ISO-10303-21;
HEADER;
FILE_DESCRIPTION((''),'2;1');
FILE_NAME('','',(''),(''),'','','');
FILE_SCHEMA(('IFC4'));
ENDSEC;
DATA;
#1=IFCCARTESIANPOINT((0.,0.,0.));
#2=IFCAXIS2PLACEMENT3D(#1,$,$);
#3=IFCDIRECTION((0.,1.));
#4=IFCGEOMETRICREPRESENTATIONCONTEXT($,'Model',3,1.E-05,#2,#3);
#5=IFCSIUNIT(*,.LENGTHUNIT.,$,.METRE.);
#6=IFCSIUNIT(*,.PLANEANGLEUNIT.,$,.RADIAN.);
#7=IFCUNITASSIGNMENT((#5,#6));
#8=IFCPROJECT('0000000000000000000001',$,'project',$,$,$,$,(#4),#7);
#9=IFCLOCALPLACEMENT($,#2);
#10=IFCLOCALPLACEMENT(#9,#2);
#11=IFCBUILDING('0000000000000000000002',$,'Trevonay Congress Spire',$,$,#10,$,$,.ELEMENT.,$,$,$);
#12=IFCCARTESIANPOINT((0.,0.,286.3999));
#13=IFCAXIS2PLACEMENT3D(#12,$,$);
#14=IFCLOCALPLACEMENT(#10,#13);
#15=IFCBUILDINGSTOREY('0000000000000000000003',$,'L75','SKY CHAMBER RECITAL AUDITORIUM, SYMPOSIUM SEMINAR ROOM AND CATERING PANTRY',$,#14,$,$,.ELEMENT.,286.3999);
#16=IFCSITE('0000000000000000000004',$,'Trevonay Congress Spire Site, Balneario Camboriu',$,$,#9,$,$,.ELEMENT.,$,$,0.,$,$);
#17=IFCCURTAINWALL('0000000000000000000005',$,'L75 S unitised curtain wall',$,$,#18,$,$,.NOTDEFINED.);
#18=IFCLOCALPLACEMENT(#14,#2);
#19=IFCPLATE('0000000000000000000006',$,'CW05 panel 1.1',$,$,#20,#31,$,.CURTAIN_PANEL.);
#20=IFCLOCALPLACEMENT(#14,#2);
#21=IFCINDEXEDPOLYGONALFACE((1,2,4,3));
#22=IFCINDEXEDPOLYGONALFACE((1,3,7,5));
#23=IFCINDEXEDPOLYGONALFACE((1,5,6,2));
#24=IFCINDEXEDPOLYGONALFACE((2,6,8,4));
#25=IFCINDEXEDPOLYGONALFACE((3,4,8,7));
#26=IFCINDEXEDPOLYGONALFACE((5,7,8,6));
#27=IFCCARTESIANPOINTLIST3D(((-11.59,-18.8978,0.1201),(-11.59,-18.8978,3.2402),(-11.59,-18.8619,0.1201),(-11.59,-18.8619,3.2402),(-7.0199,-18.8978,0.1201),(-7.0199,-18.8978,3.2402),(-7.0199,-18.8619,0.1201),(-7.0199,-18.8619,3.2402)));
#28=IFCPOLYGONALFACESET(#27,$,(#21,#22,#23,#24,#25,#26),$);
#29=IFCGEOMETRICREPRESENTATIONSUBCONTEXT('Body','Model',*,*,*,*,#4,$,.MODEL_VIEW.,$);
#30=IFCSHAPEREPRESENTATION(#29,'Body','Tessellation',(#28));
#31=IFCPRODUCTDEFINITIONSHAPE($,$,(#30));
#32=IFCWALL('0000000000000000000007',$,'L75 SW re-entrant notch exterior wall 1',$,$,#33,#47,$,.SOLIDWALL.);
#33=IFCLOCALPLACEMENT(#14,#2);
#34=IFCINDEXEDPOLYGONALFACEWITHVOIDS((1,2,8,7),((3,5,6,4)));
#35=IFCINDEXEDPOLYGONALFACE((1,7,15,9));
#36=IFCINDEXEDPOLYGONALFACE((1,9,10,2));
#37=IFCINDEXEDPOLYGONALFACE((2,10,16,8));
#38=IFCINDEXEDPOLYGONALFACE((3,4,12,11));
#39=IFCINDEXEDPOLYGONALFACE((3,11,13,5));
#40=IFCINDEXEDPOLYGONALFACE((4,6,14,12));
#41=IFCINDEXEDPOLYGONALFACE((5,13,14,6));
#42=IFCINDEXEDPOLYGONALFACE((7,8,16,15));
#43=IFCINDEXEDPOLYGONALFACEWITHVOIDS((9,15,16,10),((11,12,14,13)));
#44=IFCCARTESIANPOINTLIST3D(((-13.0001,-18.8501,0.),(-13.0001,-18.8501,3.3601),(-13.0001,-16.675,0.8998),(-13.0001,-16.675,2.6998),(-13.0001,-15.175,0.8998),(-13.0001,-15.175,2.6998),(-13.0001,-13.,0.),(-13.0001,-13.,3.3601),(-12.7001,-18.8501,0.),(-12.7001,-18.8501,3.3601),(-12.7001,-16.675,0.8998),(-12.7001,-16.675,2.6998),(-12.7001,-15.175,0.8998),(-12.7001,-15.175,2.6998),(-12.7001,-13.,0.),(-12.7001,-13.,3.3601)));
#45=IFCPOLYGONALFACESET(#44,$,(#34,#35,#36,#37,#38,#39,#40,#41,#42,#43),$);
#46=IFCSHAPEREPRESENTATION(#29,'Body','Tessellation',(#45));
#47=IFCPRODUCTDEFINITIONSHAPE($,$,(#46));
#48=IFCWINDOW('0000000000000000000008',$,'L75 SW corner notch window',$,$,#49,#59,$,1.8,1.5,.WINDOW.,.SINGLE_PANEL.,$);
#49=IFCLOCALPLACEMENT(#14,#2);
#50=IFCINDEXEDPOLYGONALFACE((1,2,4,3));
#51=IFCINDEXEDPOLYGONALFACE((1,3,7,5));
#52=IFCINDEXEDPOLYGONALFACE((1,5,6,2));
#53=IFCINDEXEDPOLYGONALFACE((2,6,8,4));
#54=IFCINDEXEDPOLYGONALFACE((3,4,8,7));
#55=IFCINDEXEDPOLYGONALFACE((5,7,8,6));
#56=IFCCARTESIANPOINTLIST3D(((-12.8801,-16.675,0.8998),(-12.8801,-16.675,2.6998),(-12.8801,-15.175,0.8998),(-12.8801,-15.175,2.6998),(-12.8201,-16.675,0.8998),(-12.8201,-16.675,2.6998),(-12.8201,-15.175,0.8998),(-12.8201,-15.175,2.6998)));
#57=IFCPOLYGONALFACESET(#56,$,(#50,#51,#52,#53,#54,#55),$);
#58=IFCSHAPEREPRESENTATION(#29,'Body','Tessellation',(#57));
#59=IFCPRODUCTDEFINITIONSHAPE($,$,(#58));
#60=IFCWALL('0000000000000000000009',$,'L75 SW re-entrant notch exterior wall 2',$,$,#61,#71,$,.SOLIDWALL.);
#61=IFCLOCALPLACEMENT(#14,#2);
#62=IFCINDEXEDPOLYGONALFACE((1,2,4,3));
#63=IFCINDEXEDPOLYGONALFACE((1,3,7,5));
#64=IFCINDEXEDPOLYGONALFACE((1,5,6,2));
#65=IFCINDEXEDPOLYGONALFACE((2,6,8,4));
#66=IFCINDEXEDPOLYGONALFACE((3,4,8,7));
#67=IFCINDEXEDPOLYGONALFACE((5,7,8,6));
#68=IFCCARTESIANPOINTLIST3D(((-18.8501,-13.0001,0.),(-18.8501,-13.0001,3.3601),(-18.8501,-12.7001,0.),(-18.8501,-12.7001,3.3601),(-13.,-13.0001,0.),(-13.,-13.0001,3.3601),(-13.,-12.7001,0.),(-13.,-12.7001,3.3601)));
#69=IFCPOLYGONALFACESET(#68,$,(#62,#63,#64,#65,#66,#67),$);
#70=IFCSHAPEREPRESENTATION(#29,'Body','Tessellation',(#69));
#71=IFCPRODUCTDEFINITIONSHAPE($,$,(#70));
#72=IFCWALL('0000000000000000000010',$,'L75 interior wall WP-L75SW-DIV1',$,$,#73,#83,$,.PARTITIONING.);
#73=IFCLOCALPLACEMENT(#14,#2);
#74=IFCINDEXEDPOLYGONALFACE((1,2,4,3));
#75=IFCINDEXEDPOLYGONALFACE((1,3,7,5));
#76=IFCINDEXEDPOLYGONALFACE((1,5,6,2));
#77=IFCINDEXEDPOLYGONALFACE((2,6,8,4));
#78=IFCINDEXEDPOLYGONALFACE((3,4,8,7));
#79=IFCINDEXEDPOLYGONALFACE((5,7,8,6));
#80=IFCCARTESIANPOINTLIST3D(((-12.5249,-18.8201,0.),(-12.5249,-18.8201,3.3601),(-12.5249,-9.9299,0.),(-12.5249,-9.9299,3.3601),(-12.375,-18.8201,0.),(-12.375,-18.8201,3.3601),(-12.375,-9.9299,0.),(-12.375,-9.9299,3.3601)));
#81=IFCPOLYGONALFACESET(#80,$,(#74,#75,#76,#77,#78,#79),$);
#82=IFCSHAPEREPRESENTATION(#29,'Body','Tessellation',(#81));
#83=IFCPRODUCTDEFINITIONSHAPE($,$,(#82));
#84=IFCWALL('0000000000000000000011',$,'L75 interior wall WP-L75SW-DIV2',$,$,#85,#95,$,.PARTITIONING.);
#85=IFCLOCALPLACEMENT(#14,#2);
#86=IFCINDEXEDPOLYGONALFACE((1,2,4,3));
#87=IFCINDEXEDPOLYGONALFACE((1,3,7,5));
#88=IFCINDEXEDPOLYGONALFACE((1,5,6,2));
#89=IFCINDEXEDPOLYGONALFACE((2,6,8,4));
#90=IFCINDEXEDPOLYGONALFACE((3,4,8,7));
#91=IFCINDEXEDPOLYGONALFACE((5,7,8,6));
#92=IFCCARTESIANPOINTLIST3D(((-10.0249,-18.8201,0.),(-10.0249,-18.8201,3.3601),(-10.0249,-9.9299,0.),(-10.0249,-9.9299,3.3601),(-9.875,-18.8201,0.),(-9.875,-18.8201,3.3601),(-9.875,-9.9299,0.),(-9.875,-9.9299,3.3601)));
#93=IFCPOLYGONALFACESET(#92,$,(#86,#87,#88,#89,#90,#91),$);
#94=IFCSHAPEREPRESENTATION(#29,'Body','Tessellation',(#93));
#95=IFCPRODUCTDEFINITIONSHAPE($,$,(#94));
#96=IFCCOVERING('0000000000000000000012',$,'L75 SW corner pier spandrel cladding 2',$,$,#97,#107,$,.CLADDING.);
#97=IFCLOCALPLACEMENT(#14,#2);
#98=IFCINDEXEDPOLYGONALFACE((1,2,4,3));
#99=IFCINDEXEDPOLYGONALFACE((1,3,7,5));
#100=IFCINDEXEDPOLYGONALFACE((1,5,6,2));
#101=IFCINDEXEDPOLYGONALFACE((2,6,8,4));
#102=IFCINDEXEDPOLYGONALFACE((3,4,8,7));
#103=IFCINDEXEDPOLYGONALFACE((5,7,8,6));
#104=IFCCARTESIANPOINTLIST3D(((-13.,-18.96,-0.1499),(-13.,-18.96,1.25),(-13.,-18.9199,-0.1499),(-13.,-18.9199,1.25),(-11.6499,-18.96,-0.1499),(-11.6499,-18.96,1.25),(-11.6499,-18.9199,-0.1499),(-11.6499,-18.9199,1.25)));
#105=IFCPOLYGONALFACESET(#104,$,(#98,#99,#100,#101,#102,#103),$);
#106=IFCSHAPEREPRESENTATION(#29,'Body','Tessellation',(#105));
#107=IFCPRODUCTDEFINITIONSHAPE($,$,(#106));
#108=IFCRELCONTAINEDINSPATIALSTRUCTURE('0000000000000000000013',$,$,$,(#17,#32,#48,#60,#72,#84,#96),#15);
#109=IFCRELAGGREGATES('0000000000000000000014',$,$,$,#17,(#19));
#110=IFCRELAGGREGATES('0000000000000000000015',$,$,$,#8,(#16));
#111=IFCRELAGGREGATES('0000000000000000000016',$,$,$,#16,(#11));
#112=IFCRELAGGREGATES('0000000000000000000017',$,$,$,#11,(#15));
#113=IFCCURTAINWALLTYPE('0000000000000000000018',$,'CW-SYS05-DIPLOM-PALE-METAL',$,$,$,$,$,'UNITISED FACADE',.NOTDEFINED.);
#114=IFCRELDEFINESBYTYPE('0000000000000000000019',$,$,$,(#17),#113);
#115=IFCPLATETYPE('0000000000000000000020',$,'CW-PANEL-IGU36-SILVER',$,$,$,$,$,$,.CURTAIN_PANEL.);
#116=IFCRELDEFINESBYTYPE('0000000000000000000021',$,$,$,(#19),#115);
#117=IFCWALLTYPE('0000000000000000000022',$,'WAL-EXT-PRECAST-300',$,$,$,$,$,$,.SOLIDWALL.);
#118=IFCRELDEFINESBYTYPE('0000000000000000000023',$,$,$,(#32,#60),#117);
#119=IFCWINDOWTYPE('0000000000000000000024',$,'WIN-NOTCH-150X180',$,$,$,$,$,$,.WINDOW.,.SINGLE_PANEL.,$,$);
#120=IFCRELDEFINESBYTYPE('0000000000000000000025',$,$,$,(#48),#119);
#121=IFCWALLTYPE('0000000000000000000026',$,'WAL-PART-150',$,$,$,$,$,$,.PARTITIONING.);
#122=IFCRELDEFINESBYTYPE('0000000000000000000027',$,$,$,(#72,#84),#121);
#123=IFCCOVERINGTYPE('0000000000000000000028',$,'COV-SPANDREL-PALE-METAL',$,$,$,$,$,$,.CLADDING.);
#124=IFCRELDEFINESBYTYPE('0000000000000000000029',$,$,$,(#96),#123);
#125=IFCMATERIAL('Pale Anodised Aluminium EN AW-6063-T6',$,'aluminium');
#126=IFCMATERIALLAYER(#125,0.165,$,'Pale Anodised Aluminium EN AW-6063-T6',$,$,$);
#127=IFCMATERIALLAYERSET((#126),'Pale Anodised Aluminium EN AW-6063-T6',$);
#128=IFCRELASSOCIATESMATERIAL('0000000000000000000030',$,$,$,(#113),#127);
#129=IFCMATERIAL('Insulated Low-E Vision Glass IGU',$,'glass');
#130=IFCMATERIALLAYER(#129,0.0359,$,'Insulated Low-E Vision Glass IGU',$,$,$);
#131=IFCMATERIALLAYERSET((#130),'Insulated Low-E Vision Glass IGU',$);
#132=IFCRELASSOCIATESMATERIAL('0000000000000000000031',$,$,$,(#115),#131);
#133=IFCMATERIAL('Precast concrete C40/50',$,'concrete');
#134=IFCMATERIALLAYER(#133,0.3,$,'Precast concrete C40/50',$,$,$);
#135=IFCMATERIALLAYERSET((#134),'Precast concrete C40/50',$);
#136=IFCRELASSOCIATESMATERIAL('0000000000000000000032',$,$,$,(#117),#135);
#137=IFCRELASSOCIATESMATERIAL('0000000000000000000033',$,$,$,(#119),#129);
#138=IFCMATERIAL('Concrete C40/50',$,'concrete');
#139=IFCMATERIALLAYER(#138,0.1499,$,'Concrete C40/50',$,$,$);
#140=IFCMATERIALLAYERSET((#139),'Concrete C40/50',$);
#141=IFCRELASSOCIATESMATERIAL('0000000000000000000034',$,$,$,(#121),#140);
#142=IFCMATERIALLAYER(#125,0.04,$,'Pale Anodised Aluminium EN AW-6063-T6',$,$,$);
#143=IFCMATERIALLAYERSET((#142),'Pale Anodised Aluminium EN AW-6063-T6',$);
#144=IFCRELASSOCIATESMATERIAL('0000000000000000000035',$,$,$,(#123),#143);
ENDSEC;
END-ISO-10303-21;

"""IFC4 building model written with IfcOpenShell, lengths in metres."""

from ifc_helpers import new_model, si_unit, direction, frame, frame_2d, origin, origin_2d, place, context, subcontext, project, spatial, rectangle, extrude, material, layer, layer_set, type_object, element, fill, aggregate, save


model = new_model("IFC4")

# Units and contexts
model_context = context("Model", 3, precision=1e-05, world=origin(), true_north=direction((0.0, 1.0)))
body_context = subcontext(model_context, "Body", "Model", "MODEL_VIEW")
ifc_project = project(units=[si_unit("LENGTHUNIT", "METRE"), si_unit("PLANEANGLEUNIT", "RADIAN")], contexts=[model_context])

# Site, building, storey
site_placement = place(None, origin())
site = spatial("IfcSite", under=ifc_project, at=site_placement, Name="Trevonay Congress Spire Site, Balneario Camboriu", CompositionType="ELEMENT", RefElevation=0.0)
building_placement = place(site_placement, origin())
building = spatial("IfcBuilding", under=site, at=building_placement, Name="Trevonay Congress Spire", CompositionType="ELEMENT")
storey_placement = place(building_placement, frame((0.0, 0.0, 286.3999)))
storey = spatial("IfcBuildingStorey", under=building, at=storey_placement, Name="L75", Description="SKY CHAMBER RECITAL AUDITORIUM, SYMPOSIUM SEMINAR ROOM AND CATERING PANTRY", CompositionType="ELEMENT", Elevation=286.3999)

# Curtain wall
ifc_material_1 = material(Name="Pale Anodised Aluminium EN AW-6063-T6", Category="aluminium")
ifc_layer_1 = layer(ifc_material_1, 0.165, Name="Pale Anodised Aluminium EN AW-6063-T6")
ifc_layer_set_1 = layer_set([ifc_layer_1], Name="Pale Anodised Aluminium EN AW-6063-T6")
curtain_wall_type = type_object("IfcCurtainWallType", Name="CW-SYS05-DIPLOM-PALE-METAL", ElementType="UNITISED FACADE", PredefinedType="NOTDEFINED", material=ifc_layer_set_1)
curtain_wall_placement = place(storey_placement, origin())
curtain_wall = element("IfcCurtainWall", 1, at=curtain_wall_placement, inside=storey, type_object=curtain_wall_type, Name="L75 S unitised curtain wall", PredefinedType="NOTDEFINED")

# Plate
ifc_material_2 = material(Name="Insulated Low-E Vision Glass IGU", Category="glass")
ifc_layer_2 = layer(ifc_material_2, 0.0359, Name="Insulated Low-E Vision Glass IGU")
ifc_layer_set_2 = layer_set([ifc_layer_2], Name="Insulated Low-E Vision Glass IGU")
plate_type = type_object("IfcPlateType", Name="CW-PANEL-IGU36-SILVER", PredefinedType="CURTAIN_PANEL", material=ifc_layer_set_2)
plate_placement = place(storey_placement, frame((-9.3049, -18.8799, 0.1201), z_axis=(0.0, 0.0, 1.0), x_axis=(1.0, 0.0, 0.0)))
plate = element("IfcPlate", 2, at=plate_placement, type_object=plate_type, Name="CW05 panel 1.1", PredefinedType="CURTAIN_PANEL", context=body_context, shape_type="SweptSolid", body=[
    extrude(rectangle(XDim=4.5701, YDim=0.0359, at=origin_2d()), origin(), (0.0, 0.0, 1.0), 3.1201),
])
aggregate(curtain_wall, [plate])

# Wall, opening, window
ifc_material_3 = material(Name="Precast concrete C40/50", Category="concrete")
ifc_layer_3 = layer(ifc_material_3, 0.3, Name="Precast concrete C40/50")
ifc_layer_set_3 = layer_set([ifc_layer_3], Name="Precast concrete C40/50")
wall_type_1 = type_object("IfcWallType", Name="WAL-EXT-PRECAST-300", PredefinedType="SOLIDWALL", material=ifc_layer_set_3)
wall_1_placement = place(storey_placement, frame((-12.8501, -18.8501, 0.0), z_axis=(0.0, 0.0, 1.0), x_axis=(0.0, 1.0, 0.0)))
wall_1 = element("IfcWall", 3, at=wall_1_placement, inside=storey, type_object=wall_type_1, Name="L75 SW re-entrant notch exterior wall 1", PredefinedType="SOLIDWALL", context=body_context, shape_type="SweptSolid", body=[
    extrude(rectangle(XDim=5.8501, YDim=0.3, at=frame_2d((2.925, 0.0))), origin(), (0.0, 0.0, 1.0), 3.3601),
])
opening_placement = place(wall_1_placement, frame((2.175, 0.0, 0.8999)))
opening = element("IfcOpeningElement", 4, at=opening_placement, cuts=wall_1, PredefinedType="OPENING", context=body_context, shape_type="SweptSolid", body=[
    extrude(rectangle(XDim=1.5, YDim=1.8, at=frame_2d((0.75, 0.8999))), frame((0.0, 0.1602, 0.0), z_axis=(0.0, -1.0, 0.0), x_axis=(1.0, 0.0, 0.0)), (0.0, 0.0, 1.0), 0.3201),
])
window_type = type_object("IfcWindowType", Name="WIN-NOTCH-150X180", PartitioningType="SINGLE_PANEL", PredefinedType="WINDOW", material=ifc_material_2)
window_placement = place(opening_placement, origin())
window = element("IfcWindow", 5, at=window_placement, inside=storey, type_object=window_type, Name="L75 SW corner notch window", OverallHeight=1.8, OverallWidth=1.5, PartitioningType="SINGLE_PANEL", PredefinedType="WINDOW", context=body_context, shape_type="SweptSolid", body=[
    extrude(rectangle(XDim=1.5, YDim=1.8, at=frame_2d((0.75, 0.8999))), frame((0.0, 0.03, 0.0), z_axis=(0.0, -1.0, 0.0), x_axis=(1.0, 0.0, 0.0)), (0.0, 0.0, 1.0), 0.0601),
])
fill(opening, window)

# Walls
wall_2_placement = place(storey_placement, frame((-18.8501, -12.8501, 0.0), z_axis=(0.0, 0.0, 1.0), x_axis=(1.0, 0.0, 0.0)))
element("IfcWall", 6, at=wall_2_placement, inside=storey, type_object=wall_type_1, Name="L75 SW re-entrant notch exterior wall 2", PredefinedType="SOLIDWALL", context=body_context, shape_type="SweptSolid", body=[
    extrude(rectangle(XDim=5.8501, YDim=0.3, at=frame_2d((2.925, 0.0))), origin(), (0.0, 0.0, 1.0), 3.3601),
])
ifc_material_4 = material(Name="Concrete C40/50", Category="concrete")
ifc_layer_4 = layer(ifc_material_4, 0.1499, Name="Concrete C40/50")
ifc_layer_set_4 = layer_set([ifc_layer_4], Name="Concrete C40/50")
wall_type_2 = type_object("IfcWallType", Name="WAL-PART-150", PredefinedType="PARTITIONING", material=ifc_layer_set_4)
for number, where, z_axis, x_axis, name in (
    (7, (-12.45, -18.8201, 0.0), (0.0, 0.0, 1.0), (0.0, 1.0, 0.0), "L75 interior wall WP-L75SW-DIV1"),
    (8, (-9.95, -18.8201, 0.0), (0.0, 0.0, 1.0), (0.0, 1.0, 0.0), "L75 interior wall WP-L75SW-DIV2"),
):
    element("IfcWall", number, at=place(storey_placement, frame(where, z_axis=z_axis, x_axis=x_axis)), inside=storey, type_object=wall_type_2, Name=name, PredefinedType="PARTITIONING", context=body_context, shape_type="SweptSolid", body=[
        extrude(rectangle(XDim=8.8901, YDim=0.1499, at=frame_2d((4.4451, 0.0))), origin(), (0.0, 0.0, 1.0), 3.3601),
    ])

# Covering
ifc_layer_5 = layer(ifc_material_1, 0.04, Name="Pale Anodised Aluminium EN AW-6063-T6")
ifc_layer_set_5 = layer_set([ifc_layer_5], Name="Pale Anodised Aluminium EN AW-6063-T6")
covering_type = type_object("IfcCoveringType", Name="COV-SPANDREL-PALE-METAL", PredefinedType="CLADDING", material=ifc_layer_set_5)
covering_placement = place(storey_placement, frame((-11.6499, -18.9399, -0.1499), z_axis=(0.0, 0.0, 1.0), x_axis=(-1.0, 0.0, 0.0)))
element("IfcCovering", 9, at=covering_placement, inside=storey, type_object=covering_type, Name="L75 SW corner pier spandrel cladding 2", PredefinedType="CLADDING", context=body_context, shape_type="SweptSolid", body=[
    extrude(rectangle(XDim=1.3501, YDim=0.04, at=frame_2d((0.675, 0.0))), origin(), (0.0, 0.0, 1.0), 1.3999),
])

save(model, "model.ifc")
